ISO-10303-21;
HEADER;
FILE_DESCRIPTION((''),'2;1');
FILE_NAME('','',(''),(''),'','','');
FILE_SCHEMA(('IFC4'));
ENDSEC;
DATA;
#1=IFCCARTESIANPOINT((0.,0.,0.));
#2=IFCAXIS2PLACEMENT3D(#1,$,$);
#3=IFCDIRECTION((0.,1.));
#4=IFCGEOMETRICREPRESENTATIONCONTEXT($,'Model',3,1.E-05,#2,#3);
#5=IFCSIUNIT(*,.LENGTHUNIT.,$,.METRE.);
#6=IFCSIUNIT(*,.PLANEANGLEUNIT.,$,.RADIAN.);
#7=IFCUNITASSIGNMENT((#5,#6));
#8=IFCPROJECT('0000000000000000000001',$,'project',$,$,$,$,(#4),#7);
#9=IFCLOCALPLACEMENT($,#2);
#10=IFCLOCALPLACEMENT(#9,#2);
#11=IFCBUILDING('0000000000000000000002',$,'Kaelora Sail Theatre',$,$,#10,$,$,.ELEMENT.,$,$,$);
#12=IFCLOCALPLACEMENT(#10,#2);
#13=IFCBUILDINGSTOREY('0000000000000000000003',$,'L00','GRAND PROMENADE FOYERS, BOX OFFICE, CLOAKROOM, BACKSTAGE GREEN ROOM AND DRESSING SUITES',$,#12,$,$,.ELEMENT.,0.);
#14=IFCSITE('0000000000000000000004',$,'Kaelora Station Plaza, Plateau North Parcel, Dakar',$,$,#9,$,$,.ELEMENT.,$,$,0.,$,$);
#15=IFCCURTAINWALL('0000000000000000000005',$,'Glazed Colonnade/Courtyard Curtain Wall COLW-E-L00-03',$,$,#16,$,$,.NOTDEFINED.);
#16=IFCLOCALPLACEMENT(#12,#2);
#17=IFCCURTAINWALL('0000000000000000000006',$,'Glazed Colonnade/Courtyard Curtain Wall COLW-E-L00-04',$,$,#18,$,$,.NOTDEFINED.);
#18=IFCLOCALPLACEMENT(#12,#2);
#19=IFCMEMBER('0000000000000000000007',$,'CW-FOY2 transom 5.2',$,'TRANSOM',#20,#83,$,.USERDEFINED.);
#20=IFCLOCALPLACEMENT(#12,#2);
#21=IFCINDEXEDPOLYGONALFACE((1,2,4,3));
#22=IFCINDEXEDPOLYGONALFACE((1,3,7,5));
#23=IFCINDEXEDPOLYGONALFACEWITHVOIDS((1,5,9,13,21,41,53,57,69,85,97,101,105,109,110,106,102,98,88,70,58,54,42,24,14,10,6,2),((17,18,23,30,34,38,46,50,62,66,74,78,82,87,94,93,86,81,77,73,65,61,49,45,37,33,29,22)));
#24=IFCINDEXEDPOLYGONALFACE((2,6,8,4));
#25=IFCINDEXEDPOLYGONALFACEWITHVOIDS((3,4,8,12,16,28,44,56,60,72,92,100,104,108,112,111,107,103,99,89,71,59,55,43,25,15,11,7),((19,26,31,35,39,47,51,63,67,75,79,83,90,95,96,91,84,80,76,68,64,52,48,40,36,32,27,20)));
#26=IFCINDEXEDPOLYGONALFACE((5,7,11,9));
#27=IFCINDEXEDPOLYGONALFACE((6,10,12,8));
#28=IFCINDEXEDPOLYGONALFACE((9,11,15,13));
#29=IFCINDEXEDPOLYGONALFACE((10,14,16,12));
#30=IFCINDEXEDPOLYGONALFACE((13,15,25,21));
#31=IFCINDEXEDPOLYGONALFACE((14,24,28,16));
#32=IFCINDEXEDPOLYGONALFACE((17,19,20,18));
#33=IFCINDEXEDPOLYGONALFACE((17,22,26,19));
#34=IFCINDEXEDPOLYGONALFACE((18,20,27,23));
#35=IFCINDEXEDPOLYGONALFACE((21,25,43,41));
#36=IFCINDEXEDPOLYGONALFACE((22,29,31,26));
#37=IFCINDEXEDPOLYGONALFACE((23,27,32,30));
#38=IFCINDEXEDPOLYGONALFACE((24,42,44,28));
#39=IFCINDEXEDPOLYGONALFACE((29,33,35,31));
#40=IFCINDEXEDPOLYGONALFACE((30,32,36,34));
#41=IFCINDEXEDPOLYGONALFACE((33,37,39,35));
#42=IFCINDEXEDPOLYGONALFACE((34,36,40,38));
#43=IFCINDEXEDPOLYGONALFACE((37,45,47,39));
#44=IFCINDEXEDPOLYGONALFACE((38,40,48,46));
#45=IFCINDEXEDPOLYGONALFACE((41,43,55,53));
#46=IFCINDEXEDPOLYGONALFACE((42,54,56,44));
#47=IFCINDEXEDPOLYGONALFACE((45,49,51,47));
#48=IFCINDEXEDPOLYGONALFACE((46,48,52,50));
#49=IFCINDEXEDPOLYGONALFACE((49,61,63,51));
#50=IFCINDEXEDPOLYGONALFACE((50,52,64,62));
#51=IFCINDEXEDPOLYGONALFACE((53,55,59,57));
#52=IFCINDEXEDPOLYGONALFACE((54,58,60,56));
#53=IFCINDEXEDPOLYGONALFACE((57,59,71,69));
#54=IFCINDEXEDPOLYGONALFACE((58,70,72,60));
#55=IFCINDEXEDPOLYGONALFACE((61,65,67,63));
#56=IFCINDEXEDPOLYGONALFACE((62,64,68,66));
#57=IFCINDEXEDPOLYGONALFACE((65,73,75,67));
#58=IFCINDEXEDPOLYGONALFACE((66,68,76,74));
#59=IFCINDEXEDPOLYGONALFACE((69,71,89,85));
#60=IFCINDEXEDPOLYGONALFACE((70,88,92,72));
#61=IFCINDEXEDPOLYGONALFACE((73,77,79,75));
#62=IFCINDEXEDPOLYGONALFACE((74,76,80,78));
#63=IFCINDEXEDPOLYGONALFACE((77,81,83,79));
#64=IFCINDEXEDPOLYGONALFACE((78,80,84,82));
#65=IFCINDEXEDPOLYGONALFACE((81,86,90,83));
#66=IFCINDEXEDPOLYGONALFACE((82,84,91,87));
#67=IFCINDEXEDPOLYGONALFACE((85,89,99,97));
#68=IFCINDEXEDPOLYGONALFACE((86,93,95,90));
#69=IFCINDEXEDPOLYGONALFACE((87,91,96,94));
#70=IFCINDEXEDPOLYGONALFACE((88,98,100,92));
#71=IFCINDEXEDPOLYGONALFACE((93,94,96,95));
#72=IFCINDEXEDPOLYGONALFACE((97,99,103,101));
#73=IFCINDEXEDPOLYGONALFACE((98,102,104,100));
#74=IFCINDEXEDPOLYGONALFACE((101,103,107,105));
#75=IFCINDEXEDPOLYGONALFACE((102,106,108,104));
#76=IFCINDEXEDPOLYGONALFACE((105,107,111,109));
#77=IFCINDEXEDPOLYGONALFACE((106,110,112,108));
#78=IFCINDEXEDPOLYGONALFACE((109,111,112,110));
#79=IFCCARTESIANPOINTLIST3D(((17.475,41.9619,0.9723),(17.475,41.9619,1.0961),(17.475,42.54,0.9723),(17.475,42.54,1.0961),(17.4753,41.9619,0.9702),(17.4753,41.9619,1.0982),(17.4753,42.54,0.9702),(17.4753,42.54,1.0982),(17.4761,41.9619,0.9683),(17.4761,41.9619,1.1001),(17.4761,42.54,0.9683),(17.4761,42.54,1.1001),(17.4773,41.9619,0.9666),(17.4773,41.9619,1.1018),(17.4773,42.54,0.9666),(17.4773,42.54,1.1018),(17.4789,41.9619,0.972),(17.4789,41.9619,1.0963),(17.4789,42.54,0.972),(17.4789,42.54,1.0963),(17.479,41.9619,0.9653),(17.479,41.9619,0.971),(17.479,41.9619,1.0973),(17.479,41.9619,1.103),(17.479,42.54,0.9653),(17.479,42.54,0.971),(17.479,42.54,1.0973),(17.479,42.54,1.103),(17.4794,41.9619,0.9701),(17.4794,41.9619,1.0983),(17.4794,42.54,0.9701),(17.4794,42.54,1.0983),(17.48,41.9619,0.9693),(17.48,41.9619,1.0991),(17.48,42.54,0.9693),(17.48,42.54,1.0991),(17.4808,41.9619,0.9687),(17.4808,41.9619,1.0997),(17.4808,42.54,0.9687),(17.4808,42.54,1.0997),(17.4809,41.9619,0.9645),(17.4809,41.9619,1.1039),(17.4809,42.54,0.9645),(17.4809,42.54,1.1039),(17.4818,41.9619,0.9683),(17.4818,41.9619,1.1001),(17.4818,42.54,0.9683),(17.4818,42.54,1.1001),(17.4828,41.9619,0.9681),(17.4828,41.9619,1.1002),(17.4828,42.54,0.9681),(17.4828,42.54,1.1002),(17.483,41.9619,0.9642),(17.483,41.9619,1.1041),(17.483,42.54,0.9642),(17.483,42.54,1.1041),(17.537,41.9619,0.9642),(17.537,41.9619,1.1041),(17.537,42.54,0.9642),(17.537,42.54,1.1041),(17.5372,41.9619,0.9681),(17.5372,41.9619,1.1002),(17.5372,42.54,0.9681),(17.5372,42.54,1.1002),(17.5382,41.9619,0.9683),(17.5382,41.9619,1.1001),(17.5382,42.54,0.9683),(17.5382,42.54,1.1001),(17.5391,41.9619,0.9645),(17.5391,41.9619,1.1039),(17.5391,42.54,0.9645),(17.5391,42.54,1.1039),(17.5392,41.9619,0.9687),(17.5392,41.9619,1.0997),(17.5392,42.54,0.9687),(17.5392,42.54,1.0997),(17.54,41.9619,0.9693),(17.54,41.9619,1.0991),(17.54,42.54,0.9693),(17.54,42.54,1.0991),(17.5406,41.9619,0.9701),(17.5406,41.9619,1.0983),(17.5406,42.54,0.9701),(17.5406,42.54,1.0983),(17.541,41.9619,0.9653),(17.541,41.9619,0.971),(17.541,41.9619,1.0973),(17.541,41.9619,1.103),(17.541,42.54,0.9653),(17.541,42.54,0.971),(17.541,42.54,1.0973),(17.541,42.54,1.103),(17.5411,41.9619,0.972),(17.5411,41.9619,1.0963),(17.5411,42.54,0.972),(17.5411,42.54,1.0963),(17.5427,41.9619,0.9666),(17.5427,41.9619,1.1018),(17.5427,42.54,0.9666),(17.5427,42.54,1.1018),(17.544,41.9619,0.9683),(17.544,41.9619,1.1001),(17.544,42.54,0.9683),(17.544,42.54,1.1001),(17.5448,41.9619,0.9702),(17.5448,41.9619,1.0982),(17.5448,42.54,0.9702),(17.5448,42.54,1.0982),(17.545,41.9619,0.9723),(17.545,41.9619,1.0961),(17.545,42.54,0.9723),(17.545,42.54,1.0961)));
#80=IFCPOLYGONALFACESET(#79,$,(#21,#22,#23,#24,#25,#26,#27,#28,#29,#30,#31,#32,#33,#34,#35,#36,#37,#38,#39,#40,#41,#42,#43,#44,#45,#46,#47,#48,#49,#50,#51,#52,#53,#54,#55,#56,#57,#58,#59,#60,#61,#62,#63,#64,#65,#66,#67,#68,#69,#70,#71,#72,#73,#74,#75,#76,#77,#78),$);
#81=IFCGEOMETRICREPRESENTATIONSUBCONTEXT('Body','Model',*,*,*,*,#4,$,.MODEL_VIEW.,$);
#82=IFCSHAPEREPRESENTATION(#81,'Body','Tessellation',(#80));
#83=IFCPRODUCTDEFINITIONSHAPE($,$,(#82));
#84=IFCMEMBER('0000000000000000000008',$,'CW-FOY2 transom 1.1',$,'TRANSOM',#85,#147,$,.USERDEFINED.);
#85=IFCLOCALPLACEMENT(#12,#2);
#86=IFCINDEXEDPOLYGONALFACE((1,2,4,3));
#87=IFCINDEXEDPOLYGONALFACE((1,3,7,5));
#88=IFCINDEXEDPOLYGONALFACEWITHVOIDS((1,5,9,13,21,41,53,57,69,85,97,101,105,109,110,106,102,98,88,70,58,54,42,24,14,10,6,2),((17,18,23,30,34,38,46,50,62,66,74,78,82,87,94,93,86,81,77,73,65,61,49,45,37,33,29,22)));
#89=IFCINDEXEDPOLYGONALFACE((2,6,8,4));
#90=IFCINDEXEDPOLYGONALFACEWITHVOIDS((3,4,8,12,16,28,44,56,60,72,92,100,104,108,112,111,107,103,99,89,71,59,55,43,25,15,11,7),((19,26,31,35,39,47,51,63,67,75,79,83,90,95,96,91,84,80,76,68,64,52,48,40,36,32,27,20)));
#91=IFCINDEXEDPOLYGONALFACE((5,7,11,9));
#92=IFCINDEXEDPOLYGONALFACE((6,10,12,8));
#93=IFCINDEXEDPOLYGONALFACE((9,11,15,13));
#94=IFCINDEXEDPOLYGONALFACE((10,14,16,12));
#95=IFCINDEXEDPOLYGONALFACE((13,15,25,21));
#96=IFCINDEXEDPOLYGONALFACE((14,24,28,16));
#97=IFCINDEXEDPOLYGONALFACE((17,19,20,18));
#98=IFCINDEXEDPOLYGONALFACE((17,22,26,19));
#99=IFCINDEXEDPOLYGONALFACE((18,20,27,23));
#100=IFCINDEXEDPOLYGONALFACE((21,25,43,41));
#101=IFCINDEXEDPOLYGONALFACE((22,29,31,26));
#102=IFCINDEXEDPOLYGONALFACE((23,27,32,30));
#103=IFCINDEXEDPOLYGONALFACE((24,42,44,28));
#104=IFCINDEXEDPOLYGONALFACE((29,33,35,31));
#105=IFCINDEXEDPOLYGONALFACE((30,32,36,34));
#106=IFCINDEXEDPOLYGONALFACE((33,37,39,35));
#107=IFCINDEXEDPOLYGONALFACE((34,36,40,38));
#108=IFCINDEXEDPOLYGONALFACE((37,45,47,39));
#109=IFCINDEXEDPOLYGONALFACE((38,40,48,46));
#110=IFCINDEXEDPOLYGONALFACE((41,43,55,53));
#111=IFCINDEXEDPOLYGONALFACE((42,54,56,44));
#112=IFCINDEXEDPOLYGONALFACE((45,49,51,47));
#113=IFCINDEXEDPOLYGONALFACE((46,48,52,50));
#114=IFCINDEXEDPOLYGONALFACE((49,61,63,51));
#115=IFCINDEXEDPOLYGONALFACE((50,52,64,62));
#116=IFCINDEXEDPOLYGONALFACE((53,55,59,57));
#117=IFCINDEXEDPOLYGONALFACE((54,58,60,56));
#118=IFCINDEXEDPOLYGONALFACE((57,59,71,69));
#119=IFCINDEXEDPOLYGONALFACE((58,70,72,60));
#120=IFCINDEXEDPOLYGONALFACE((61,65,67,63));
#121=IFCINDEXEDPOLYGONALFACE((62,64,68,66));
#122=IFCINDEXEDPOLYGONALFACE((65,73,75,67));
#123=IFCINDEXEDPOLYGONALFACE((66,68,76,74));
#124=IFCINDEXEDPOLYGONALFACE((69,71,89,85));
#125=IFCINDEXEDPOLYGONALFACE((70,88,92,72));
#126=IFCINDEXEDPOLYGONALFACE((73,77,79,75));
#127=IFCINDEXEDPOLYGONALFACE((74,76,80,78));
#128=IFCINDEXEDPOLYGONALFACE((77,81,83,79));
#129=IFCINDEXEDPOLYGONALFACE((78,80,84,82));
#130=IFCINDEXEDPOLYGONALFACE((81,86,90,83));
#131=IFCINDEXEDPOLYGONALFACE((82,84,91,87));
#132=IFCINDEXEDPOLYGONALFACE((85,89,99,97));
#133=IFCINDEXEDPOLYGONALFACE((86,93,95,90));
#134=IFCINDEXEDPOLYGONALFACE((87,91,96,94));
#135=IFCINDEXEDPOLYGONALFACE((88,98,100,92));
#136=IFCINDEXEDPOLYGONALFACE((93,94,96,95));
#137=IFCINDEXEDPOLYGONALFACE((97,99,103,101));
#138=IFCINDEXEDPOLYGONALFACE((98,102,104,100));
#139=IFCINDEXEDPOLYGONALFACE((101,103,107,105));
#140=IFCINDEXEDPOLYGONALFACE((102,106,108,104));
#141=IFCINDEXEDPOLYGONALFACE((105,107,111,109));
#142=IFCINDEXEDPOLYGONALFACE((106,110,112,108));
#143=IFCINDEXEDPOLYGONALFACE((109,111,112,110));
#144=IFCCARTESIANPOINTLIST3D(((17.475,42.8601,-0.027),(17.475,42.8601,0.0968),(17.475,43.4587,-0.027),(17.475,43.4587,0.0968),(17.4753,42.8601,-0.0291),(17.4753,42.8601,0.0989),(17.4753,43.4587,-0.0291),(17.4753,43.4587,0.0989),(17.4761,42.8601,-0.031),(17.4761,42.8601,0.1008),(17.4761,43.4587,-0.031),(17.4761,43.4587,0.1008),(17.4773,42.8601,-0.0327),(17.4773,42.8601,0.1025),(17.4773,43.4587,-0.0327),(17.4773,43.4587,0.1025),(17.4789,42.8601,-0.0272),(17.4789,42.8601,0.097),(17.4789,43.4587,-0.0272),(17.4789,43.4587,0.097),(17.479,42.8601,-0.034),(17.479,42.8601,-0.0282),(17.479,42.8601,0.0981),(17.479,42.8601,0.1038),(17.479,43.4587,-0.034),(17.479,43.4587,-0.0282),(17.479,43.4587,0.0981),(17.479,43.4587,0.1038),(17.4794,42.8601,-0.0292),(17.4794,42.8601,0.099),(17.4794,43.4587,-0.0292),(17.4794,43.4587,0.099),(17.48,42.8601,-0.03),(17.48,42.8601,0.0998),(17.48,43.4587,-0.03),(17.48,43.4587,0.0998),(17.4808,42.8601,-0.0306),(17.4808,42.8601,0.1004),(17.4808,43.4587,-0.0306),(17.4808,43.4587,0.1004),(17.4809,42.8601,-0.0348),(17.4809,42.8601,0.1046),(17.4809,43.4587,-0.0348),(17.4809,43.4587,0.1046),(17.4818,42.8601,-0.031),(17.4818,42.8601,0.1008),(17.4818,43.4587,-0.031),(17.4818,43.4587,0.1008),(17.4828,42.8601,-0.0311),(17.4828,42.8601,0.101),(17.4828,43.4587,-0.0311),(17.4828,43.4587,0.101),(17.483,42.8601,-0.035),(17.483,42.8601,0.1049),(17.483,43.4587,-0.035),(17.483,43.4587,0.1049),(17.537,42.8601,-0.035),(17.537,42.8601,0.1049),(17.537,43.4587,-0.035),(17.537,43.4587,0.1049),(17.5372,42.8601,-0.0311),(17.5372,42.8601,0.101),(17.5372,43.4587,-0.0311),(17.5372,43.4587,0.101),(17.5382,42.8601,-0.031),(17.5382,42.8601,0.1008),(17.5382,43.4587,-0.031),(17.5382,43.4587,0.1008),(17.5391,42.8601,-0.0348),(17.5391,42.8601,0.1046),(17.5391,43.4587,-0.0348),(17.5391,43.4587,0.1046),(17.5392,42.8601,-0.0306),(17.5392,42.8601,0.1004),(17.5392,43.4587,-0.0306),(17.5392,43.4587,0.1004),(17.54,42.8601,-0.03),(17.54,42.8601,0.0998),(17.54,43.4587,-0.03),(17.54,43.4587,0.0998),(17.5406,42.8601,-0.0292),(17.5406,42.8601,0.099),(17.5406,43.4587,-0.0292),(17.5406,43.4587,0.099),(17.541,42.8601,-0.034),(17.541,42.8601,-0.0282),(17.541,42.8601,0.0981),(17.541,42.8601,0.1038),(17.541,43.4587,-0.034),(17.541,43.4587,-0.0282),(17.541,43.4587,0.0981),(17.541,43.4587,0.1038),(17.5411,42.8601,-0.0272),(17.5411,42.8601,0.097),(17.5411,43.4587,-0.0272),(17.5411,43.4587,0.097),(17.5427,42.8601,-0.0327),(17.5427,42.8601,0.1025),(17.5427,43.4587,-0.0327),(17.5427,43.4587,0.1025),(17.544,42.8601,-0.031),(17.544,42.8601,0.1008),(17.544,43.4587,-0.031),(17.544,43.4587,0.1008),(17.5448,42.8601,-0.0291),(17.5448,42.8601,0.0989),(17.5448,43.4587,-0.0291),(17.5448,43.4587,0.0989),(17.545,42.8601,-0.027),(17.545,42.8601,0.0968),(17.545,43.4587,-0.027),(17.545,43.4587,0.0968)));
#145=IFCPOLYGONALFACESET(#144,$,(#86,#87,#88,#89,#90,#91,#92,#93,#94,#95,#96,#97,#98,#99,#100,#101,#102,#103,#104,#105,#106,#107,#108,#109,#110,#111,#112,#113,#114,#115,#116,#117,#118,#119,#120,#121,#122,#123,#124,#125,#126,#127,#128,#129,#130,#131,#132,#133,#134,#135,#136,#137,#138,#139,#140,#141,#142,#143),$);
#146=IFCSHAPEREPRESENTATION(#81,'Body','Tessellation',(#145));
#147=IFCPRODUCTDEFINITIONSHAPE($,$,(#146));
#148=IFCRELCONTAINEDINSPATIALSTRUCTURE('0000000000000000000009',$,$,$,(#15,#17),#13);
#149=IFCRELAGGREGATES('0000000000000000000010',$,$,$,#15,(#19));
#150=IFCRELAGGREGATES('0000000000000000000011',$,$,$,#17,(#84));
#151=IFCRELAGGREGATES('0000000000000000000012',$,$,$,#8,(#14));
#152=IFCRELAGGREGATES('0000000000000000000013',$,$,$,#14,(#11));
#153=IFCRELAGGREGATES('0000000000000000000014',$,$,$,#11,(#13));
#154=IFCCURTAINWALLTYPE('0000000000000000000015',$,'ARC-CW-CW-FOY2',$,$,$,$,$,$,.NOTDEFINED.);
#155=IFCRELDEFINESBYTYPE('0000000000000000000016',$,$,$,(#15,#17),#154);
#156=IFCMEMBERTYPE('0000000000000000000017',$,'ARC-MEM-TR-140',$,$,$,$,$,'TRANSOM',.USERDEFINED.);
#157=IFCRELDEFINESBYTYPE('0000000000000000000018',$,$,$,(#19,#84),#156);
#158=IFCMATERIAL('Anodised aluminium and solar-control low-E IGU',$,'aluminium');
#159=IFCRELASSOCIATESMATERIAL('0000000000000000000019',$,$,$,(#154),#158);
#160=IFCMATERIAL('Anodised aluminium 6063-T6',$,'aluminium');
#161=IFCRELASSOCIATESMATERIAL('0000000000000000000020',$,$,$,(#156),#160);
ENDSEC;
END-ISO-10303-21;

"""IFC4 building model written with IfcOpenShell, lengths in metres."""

from ifc_helpers import new_model, si_unit, direction, frame, origin, origin_2d, place, context, subcontext, project, spatial, hollow_rectangle, extrude, material, material_profile, profile_set, type_object, element, aggregate, save


model = new_model("IFC4")

# Units and contexts
model_context = context("Model", 3, precision=1e-05, world=origin(), true_north=direction((0.0, 1.0)))
body_context = subcontext(model_context, "Body", "Model", "MODEL_VIEW")
ifc_project = project(units=[si_unit("LENGTHUNIT", "METRE"), si_unit("PLANEANGLEUNIT", "RADIAN")], contexts=[model_context])

# Site, building, storey
site_placement = place(None, origin())
site = spatial("IfcSite", under=ifc_project, at=site_placement, Name="Kaelora Station Plaza, Plateau North Parcel, Dakar", CompositionType="ELEMENT", RefElevation=0.0)
building_placement = place(site_placement, origin())
building = spatial("IfcBuilding", under=site, at=building_placement, Name="Kaelora Sail Theatre", CompositionType="ELEMENT")
storey_placement = place(building_placement, origin())
storey = spatial("IfcBuildingStorey", under=building, at=storey_placement, Name="L00", Description="GRAND PROMENADE FOYERS, BOX OFFICE, CLOAKROOM, BACKSTAGE GREEN ROOM AND DRESSING SUITES", CompositionType="ELEMENT", Elevation=0.0)

# Curtain wall
ifc_material_1 = material(Name="Anodised aluminium and solar-control low-E IGU", Category="aluminium")
curtain_wall_type = type_object("IfcCurtainWallType", Name="ARC-CW-CW-FOY2", PredefinedType="NOTDEFINED", material=ifc_material_1)
curtain_wall_1_placement = place(storey_placement, origin())
curtain_wall_1 = element("IfcCurtainWall", 1, at=curtain_wall_1_placement, inside=storey, type_object=curtain_wall_type, Name="Glazed Colonnade/Courtyard Curtain Wall COLW-E-L00-03", PredefinedType="NOTDEFINED")

# Curtain wall
curtain_wall_2_placement = place(storey_placement, origin())
curtain_wall_2 = element("IfcCurtainWall", 2, at=curtain_wall_2_placement, inside=storey, type_object=curtain_wall_type, Name="Glazed Colonnade/Courtyard Curtain Wall COLW-E-L00-04", PredefinedType="NOTDEFINED")

# Members
ifc_material_2 = material(Name="Anodised aluminium 6063-T6", Category="aluminium")
ifc_material_profile_1 = material_profile(ifc_material_2, hollow_rectangle(XDim=0.0701, YDim=0.1399, WallThickness=0.0039, InnerFilletRadius=0.0039, OuterFilletRadius=0.0081, at=origin_2d()), Name="ALU-TRAN 70x140x4")
ifc_profile_set_1 = profile_set([ifc_material_profile_1], Name="Anodised aluminium 6063-T6")
member_type_1 = type_object("IfcMemberType", Name="ARC-MEM-TR-140", ElementType="TRANSOM", PredefinedType="USERDEFINED", material=ifc_profile_set_1)
member_1_placement = place(storey_placement, frame((17.51, 41.9619, 1.0342), z_axis=(0.0, 1.0, 0.0), x_axis=(-1.0, 0.0, 0.0)))
member_1 = element("IfcMember", 3, at=member_1_placement, type_object=member_type_1, Name="CW-FOY2 transom 5.2", ObjectType="TRANSOM", PredefinedType="USERDEFINED", context=body_context, shape_type="SweptSolid", body=[
    extrude(hollow_rectangle(XDim=0.0701, YDim=0.1399, WallThickness=0.0039, InnerFilletRadius=0.0039, OuterFilletRadius=0.0081, at=origin_2d()), origin(), (0.0, 0.0, 1.0), 0.5781),
])
member_2_placement = place(storey_placement, frame((17.51, 42.8601, 0.0349), z_axis=(0.0, 1.0, 0.0), x_axis=(-1.0, 0.0, 0.0)))
member_2 = element("IfcMember", 4, at=member_2_placement, type_object=member_type_1, Name="CW-FOY2 transom 1.1", ObjectType="TRANSOM", PredefinedType="USERDEFINED", context=body_context, shape_type="SweptSolid", body=[
    extrude(hollow_rectangle(XDim=0.0701, YDim=0.1399, WallThickness=0.0039, InnerFilletRadius=0.0039, OuterFilletRadius=0.0081, at=origin_2d()), origin(), (0.0, 0.0, 1.0), 0.5986),
])

aggregate(curtain_wall_1, [member_1])
aggregate(curtain_wall_2, [member_2])

save(model, "model.ifc")
